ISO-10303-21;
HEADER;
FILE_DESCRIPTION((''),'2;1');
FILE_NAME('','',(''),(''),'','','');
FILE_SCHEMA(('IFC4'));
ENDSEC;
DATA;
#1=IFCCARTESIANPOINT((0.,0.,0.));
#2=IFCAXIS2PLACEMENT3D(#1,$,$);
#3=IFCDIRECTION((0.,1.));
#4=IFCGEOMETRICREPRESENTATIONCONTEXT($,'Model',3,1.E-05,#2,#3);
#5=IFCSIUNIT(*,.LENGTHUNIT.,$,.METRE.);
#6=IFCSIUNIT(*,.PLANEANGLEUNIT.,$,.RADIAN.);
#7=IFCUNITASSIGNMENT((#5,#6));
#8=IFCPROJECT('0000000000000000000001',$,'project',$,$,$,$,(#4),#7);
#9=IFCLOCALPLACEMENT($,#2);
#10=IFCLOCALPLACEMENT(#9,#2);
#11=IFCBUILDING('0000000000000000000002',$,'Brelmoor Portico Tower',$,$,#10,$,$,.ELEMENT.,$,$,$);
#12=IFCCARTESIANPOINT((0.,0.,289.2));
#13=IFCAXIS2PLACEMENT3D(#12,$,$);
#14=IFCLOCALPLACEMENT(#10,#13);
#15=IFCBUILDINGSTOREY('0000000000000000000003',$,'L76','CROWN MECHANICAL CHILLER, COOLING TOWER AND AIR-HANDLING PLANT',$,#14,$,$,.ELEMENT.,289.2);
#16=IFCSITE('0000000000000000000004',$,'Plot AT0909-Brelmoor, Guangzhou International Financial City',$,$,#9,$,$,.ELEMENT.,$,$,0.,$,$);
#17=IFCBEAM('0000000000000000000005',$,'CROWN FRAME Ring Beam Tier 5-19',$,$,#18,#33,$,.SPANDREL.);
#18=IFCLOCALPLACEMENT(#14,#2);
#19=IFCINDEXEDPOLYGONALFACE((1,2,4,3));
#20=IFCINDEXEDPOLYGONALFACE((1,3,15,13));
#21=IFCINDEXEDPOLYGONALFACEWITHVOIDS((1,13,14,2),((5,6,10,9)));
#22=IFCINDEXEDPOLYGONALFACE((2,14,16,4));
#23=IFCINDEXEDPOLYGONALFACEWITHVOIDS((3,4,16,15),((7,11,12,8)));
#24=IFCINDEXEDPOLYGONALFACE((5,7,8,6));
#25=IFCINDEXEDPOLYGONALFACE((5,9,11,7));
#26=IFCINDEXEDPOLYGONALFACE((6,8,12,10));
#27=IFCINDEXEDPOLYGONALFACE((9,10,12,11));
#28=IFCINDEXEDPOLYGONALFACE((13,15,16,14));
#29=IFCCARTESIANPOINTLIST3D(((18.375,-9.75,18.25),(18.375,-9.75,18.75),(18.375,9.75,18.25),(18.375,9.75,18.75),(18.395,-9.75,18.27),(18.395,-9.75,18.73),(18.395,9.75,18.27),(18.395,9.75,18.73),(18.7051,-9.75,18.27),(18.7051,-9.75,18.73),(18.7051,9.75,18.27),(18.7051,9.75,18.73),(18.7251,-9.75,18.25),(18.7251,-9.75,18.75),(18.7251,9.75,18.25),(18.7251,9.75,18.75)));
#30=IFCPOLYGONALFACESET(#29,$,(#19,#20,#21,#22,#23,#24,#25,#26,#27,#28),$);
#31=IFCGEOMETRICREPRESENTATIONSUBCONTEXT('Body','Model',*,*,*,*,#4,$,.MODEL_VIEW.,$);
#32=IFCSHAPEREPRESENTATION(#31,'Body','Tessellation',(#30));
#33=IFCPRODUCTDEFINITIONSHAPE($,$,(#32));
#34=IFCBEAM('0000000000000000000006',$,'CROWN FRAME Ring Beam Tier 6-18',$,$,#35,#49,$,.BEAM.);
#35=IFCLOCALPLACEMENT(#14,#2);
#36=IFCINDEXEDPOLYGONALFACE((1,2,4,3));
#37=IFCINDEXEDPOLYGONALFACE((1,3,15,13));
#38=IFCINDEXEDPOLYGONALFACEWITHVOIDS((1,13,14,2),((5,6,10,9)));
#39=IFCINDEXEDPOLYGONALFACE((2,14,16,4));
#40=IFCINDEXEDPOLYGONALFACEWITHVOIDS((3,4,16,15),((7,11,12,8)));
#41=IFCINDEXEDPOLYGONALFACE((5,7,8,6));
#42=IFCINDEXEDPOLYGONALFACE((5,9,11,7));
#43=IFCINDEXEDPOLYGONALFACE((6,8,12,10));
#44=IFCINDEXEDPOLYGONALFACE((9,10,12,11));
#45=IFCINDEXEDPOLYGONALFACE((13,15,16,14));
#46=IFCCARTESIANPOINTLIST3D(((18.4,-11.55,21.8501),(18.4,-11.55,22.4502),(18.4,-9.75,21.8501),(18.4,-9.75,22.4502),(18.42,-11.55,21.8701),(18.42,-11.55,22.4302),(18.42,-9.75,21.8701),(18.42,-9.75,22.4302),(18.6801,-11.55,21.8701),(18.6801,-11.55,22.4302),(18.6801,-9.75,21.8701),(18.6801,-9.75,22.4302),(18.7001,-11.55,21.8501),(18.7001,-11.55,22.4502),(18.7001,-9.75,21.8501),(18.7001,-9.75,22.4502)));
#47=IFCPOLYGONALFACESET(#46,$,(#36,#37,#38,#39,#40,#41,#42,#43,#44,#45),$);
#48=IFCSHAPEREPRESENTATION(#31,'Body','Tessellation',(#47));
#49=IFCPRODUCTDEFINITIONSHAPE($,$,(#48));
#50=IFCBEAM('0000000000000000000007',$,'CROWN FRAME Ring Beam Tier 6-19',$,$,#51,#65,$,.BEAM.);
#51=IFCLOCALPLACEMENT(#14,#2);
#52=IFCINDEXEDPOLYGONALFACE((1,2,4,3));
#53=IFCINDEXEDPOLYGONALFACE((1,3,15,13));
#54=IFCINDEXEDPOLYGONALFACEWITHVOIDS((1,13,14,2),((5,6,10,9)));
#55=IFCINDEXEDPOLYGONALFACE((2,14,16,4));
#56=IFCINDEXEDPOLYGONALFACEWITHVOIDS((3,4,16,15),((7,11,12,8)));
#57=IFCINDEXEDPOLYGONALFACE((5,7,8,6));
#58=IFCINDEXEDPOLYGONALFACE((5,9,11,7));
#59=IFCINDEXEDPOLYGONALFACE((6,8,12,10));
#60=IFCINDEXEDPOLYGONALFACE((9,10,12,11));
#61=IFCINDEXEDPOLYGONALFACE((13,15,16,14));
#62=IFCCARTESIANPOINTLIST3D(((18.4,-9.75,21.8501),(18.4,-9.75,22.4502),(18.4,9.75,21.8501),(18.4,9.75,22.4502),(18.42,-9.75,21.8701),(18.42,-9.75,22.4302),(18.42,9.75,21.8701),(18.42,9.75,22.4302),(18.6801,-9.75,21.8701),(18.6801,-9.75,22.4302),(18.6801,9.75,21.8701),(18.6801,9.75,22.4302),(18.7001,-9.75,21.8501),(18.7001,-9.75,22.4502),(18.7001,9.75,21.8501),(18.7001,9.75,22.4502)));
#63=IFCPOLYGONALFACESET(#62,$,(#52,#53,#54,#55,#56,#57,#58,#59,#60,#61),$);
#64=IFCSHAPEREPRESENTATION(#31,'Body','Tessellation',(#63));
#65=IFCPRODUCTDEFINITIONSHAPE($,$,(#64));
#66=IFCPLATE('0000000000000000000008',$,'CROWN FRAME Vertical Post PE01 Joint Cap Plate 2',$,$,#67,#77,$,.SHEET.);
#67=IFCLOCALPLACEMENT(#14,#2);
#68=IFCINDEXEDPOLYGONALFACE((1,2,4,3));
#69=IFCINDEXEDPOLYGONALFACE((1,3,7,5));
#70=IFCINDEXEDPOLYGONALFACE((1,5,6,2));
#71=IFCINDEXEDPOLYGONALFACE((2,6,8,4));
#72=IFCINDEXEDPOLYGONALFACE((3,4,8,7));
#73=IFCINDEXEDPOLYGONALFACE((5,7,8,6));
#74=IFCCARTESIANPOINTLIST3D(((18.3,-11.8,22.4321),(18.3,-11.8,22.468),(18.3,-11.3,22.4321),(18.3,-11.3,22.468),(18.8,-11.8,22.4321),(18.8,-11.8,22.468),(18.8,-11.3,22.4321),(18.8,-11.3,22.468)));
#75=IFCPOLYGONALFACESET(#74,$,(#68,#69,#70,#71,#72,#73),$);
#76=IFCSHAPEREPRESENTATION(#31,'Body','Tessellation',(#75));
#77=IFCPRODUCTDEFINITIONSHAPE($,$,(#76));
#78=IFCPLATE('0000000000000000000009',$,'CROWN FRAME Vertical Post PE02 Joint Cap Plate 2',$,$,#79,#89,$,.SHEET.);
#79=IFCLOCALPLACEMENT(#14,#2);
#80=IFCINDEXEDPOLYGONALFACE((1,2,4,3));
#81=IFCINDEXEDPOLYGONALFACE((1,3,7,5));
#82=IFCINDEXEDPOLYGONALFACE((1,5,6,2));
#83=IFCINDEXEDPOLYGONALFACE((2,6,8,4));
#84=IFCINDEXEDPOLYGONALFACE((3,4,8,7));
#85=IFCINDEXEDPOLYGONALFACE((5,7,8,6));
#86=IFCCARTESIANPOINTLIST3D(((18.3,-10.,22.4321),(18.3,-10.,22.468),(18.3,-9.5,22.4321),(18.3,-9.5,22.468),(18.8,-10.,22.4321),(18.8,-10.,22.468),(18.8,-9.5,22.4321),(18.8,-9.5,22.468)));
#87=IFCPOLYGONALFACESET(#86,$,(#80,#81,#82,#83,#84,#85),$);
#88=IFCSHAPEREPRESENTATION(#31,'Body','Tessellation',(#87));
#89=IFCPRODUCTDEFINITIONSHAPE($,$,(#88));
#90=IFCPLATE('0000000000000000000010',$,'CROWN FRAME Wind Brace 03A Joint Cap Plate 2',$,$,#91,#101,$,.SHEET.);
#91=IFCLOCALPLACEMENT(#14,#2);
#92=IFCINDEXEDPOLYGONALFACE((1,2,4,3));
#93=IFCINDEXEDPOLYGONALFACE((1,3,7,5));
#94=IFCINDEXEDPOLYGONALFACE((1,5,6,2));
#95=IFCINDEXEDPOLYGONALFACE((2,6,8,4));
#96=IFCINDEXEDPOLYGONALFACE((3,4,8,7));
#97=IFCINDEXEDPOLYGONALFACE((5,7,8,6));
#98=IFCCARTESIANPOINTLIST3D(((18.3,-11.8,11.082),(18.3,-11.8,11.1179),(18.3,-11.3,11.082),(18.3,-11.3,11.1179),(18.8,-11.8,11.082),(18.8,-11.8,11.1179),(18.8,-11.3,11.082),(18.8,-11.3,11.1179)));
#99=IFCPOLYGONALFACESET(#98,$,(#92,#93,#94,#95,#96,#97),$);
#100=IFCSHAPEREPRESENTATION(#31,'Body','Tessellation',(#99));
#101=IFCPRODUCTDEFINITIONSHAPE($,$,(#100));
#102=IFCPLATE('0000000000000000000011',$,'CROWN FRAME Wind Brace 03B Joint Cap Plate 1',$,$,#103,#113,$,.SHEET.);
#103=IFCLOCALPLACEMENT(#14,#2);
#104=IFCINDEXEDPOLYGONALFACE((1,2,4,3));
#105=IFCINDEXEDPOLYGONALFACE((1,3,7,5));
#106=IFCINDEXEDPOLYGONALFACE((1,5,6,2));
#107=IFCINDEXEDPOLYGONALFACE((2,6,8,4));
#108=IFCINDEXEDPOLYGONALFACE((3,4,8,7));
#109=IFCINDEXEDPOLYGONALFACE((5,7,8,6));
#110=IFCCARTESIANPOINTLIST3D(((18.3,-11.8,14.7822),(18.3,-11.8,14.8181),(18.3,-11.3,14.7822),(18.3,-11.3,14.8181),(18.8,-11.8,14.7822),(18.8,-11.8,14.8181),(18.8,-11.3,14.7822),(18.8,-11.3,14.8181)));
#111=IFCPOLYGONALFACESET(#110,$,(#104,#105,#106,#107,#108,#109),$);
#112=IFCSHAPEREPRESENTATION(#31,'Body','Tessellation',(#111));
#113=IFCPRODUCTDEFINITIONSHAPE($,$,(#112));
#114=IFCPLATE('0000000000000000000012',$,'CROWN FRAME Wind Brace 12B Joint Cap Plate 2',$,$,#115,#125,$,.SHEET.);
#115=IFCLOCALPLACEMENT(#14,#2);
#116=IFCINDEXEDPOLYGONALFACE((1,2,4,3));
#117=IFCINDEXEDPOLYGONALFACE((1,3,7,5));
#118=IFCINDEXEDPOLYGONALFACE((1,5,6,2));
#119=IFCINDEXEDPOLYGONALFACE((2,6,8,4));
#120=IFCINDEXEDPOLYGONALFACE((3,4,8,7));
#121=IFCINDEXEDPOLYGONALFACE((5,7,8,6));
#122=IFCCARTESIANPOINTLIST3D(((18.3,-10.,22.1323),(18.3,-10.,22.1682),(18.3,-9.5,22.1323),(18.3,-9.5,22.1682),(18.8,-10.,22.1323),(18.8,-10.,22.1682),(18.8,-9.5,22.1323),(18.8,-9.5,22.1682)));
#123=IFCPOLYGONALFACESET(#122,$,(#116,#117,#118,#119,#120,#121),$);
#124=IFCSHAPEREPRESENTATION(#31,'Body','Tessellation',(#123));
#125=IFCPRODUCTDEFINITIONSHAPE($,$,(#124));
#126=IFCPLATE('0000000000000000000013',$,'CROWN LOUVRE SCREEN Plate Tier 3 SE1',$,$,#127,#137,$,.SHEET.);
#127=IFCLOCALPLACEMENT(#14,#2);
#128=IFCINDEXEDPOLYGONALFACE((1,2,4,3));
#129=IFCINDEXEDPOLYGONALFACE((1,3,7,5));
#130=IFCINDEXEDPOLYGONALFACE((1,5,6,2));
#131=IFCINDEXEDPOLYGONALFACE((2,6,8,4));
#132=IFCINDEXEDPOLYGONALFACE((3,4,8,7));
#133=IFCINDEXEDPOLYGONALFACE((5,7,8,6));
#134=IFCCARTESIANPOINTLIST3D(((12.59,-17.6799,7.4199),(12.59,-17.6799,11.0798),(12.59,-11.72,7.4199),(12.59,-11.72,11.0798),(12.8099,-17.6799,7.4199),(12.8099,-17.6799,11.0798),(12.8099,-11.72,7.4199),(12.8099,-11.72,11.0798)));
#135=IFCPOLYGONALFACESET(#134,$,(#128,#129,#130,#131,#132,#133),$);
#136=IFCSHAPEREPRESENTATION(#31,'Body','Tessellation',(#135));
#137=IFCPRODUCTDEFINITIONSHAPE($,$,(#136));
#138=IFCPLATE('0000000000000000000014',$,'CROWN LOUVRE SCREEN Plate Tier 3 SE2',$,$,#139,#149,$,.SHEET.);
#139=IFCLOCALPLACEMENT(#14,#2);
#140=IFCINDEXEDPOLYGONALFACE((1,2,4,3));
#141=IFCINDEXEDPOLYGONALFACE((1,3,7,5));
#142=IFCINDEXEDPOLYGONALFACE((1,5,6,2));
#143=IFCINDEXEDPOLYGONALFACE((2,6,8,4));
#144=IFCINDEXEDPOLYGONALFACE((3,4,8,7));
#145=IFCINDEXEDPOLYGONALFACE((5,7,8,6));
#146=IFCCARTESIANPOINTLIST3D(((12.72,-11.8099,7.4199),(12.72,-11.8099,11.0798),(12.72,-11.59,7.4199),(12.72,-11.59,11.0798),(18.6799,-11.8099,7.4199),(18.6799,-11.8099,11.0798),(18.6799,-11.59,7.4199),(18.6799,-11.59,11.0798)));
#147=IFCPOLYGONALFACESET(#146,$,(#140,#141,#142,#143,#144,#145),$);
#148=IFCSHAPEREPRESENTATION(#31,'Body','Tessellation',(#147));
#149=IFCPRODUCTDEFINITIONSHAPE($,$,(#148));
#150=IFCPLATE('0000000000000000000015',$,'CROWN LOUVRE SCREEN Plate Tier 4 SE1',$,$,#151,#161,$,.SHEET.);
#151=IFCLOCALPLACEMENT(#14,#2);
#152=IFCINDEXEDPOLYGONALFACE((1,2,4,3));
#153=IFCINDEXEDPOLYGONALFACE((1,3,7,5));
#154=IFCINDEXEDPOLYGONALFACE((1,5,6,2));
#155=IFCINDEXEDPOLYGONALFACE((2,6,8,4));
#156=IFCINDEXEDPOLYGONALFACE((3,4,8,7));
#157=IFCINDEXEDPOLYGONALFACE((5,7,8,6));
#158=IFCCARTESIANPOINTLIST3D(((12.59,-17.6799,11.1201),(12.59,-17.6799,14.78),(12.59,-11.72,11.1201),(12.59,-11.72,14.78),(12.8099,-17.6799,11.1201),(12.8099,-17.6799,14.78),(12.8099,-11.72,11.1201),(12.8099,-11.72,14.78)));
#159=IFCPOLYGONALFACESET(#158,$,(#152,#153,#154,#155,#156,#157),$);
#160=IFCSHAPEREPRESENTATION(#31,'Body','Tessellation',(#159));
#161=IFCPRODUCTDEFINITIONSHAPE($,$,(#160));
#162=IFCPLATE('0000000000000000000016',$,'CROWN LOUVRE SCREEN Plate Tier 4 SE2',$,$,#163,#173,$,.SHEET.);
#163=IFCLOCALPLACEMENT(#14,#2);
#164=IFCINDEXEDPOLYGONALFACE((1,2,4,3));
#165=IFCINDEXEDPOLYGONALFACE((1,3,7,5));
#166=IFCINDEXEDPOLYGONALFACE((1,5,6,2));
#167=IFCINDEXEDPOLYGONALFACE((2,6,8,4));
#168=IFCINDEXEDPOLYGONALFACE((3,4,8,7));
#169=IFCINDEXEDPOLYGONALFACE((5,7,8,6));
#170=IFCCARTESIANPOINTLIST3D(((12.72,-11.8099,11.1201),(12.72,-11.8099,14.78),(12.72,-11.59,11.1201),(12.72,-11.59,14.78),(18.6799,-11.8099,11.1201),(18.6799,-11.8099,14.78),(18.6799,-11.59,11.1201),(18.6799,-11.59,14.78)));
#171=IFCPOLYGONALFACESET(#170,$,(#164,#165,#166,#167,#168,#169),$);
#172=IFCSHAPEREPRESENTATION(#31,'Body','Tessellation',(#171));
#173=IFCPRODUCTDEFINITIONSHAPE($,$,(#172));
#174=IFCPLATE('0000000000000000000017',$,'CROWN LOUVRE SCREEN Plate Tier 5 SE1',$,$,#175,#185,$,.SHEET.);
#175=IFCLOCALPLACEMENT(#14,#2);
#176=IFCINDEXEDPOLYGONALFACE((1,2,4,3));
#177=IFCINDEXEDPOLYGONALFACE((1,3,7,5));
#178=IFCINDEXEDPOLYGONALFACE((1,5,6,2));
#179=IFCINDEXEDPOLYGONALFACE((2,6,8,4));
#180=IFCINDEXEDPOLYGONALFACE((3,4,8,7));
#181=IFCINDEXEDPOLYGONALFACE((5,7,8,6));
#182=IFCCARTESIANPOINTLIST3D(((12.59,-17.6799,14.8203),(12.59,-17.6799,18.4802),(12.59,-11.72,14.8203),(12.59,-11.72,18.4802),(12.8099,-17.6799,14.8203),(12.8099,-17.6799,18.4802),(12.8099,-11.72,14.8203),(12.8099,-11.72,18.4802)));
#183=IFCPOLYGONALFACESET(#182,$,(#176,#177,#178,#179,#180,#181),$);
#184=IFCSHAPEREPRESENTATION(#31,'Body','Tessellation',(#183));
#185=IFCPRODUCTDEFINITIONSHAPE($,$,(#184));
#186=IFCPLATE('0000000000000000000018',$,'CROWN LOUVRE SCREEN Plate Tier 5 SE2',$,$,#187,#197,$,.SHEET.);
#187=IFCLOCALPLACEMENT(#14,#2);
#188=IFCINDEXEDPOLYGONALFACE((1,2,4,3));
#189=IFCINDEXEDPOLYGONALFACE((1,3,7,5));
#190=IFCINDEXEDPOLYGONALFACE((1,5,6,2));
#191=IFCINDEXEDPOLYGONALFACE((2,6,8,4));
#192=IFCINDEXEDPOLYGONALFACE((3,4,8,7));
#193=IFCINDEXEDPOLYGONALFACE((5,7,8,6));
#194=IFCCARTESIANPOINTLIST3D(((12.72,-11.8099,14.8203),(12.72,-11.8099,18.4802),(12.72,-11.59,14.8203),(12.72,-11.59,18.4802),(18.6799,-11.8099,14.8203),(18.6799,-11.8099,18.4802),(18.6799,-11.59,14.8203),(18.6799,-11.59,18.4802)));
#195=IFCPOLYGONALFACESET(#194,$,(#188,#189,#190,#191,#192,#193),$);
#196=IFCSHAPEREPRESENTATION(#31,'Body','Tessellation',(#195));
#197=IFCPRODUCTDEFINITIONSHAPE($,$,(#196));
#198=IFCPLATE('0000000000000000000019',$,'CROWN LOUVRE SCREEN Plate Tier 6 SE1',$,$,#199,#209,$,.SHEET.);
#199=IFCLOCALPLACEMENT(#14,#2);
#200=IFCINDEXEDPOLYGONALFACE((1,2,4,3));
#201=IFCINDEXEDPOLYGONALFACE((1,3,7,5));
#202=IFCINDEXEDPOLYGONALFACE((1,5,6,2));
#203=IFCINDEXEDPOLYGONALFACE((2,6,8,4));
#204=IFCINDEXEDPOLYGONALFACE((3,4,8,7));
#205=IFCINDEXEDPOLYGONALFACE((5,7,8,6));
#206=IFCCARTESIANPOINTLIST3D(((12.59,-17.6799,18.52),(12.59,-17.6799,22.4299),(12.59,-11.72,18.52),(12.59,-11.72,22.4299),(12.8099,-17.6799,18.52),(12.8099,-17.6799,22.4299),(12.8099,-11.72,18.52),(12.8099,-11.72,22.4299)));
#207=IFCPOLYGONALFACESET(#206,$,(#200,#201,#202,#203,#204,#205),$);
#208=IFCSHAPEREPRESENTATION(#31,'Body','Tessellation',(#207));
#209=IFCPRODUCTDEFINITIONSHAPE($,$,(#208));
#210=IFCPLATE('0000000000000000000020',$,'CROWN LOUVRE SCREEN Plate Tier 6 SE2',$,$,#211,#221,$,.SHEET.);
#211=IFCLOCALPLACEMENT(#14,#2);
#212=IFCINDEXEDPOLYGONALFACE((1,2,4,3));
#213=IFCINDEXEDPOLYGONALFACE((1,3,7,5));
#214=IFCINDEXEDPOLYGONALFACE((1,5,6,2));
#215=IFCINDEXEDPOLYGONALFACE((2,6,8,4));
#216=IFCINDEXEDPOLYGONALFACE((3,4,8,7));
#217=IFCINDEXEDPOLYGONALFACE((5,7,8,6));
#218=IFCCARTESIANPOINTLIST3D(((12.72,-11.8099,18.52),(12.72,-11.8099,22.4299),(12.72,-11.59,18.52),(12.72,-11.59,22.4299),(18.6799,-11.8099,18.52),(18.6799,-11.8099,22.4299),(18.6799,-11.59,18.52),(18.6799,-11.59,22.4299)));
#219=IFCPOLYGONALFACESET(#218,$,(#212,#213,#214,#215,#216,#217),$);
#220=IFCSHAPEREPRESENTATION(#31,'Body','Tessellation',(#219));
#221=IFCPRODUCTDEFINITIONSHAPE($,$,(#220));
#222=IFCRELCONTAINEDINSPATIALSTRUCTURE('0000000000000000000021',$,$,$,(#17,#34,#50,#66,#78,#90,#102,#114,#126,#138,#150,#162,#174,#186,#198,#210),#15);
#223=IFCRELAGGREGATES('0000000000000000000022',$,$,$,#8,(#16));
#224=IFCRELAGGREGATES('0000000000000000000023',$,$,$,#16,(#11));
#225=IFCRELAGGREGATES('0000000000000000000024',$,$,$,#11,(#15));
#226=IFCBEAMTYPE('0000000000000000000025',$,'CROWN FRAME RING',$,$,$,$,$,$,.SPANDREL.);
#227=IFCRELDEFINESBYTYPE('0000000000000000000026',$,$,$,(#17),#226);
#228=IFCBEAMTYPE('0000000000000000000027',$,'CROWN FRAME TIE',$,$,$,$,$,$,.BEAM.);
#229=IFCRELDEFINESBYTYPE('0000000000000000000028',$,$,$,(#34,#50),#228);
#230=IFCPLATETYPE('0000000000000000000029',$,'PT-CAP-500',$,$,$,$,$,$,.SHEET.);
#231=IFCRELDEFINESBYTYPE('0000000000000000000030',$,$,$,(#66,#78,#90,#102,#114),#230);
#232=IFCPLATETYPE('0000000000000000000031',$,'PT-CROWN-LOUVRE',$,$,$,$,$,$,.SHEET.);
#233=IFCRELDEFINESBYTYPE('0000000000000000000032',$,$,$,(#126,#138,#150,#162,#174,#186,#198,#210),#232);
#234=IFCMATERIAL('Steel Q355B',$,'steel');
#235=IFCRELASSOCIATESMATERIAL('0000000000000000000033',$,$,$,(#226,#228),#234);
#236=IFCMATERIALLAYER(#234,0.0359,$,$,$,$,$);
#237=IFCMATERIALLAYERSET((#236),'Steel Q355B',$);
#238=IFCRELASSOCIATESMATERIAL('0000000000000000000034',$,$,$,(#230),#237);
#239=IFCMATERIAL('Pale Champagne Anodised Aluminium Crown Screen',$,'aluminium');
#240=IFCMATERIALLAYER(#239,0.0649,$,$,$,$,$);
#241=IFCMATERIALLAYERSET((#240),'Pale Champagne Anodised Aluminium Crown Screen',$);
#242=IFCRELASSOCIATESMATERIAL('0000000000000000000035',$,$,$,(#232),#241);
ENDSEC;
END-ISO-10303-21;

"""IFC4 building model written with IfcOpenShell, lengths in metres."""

from ifc_helpers import new_model, si_unit, direction, frame, origin, origin_2d, place, context, subcontext, project, spatial, rectangle, hollow_rectangle, extrude, material, layer, layer_set, material_profile, profile_set, type_object, element, save


model = new_model("IFC4")

# Units and contexts
model_context = context("Model", 3, precision=1e-05, world=origin(), true_north=direction((0.0, 1.0)))
body_context = subcontext(model_context, "Body", "Model", "MODEL_VIEW")
ifc_project = project(units=[si_unit("LENGTHUNIT", "METRE"), si_unit("PLANEANGLEUNIT", "RADIAN")], contexts=[model_context])

# Site, building, storey
site_placement = place(None, origin())
site = spatial("IfcSite", under=ifc_project, at=site_placement, Name="Plot AT0909-Brelmoor, Guangzhou International Financial City", CompositionType="ELEMENT", RefElevation=0.0)
building_placement = place(site_placement, origin())
building = spatial("IfcBuilding", under=site, at=building_placement, Name="Brelmoor Portico Tower", CompositionType="ELEMENT")
storey_placement = place(building_placement, frame((0.0, 0.0, 289.2)))
storey = spatial("IfcBuildingStorey", under=building, at=storey_placement, Name="L76", Description="CROWN MECHANICAL CHILLER, COOLING TOWER AND AIR-HANDLING PLANT", CompositionType="ELEMENT", Elevation=289.2)

# Shared definitions
ifc_material_1 = material(Name="Steel Q355B", Category="steel")

# Beams
ifc_material_profile_1 = material_profile(ifc_material_1, hollow_rectangle(XDim=0.3501, YDim=0.5, WallThickness=0.02, at=origin_2d()), Name="RHS 350x500x20")
ifc_profile_set_1 = profile_set([ifc_material_profile_1], Name="Steel Q355B")
beam_type_1 = type_object("IfcBeamType", Name="CROWN FRAME RING", PredefinedType="SPANDREL", material=ifc_profile_set_1)
beam_1_placement = place(storey_placement, frame((18.55, -9.75, 18.5), z_axis=(0.0, 1.0, 0.0), x_axis=(-1.0, 0.0, 0.0)))
element("IfcBeam", 1, at=beam_1_placement, inside=storey, type_object=beam_type_1, Name="CROWN FRAME Ring Beam Tier 5-19", PredefinedType="SPANDREL", context=body_context, shape_type="SweptSolid", body=[
    extrude(hollow_rectangle(XDim=0.3501, YDim=0.5, WallThickness=0.02, at=origin_2d()), origin(), (0.0, 0.0, 1.0), 19.5),
])
ifc_material_profile_2 = material_profile(ifc_material_1, hollow_rectangle(XDim=0.3, YDim=0.6001, WallThickness=0.02, at=origin_2d()), Name="RHS 300x600x20")
ifc_profile_set_2 = profile_set([ifc_material_profile_2], Name="Steel Q355B")
beam_type_2 = type_object("IfcBeamType", Name="CROWN FRAME TIE", PredefinedType="BEAM", material=ifc_profile_set_2)
beam_2_placement = place(storey_placement, frame((18.55, -11.55, 22.1501), z_axis=(0.0, 1.0, 0.0), x_axis=(-1.0, 0.0, 0.0)))
element("IfcBeam", 2, at=beam_2_placement, inside=storey, type_object=beam_type_2, Name="CROWN FRAME Ring Beam Tier 6-18", PredefinedType="BEAM", context=body_context, shape_type="SweptSolid", body=[
    extrude(hollow_rectangle(XDim=0.3, YDim=0.6001, WallThickness=0.02, at=origin_2d()), origin(), (0.0, 0.0, 1.0), 1.8),
])
beam_3_placement = place(storey_placement, frame((18.55, -9.75, 22.1501), z_axis=(0.0, 1.0, 0.0), x_axis=(-1.0, 0.0, 0.0)))
element("IfcBeam", 3, at=beam_3_placement, inside=storey, type_object=beam_type_2, Name="CROWN FRAME Ring Beam Tier 6-19", PredefinedType="BEAM", context=body_context, shape_type="SweptSolid", body=[
    extrude(hollow_rectangle(XDim=0.3, YDim=0.6001, WallThickness=0.02, at=origin_2d()), origin(), (0.0, 0.0, 1.0), 19.5),
])

# Plates
ifc_layer_1 = layer(ifc_material_1, 0.0359)
ifc_layer_set_1 = layer_set([ifc_layer_1], Name="Steel Q355B")
plate_type_1 = type_object("IfcPlateType", Name="PT-CAP-500", PredefinedType="SHEET", material=ifc_layer_set_1)
for number, where, z_axis, x_axis, name in (
    (4, (18.55, -11.55, 22.4321), (0.0, 0.0, 1.0), (1.0, 0.0, 0.0), "CROWN FRAME Vertical Post PE01 Joint Cap Plate 2"),
    (5, (18.55, -9.75, 22.4321), (0.0, 0.0, 1.0), (1.0, 0.0, 0.0), "CROWN FRAME Vertical Post PE02 Joint Cap Plate 2"),
    (6, (18.55, -11.55, 11.082), (0.0, 0.0, 1.0), (1.0, 0.0, 0.0), "CROWN FRAME Wind Brace 03A Joint Cap Plate 2"),
    (7, (18.55, -11.55, 14.7822), (0.0, 0.0, 1.0), (1.0, 0.0, 0.0), "CROWN FRAME Wind Brace 03B Joint Cap Plate 1"),
    (8, (18.55, -9.75, 22.1323), (0.0, 0.0, 1.0), (1.0, 0.0, 0.0), "CROWN FRAME Wind Brace 12B Joint Cap Plate 2"),
):
    element("IfcPlate", number, at=place(storey_placement, frame(where, z_axis=z_axis, x_axis=x_axis)), inside=storey, type_object=plate_type_1, Name=name, PredefinedType="SHEET", context=body_context, shape_type="SweptSolid", body=[
        extrude(rectangle(XDim=0.5, YDim=0.5, at=origin_2d()), origin(), (0.0, 0.0, 1.0), 0.0359),
    ])
ifc_material_2 = material(Name="Pale Champagne Anodised Aluminium Crown Screen", Category="aluminium")
ifc_layer_2 = layer(ifc_material_2, 0.0649)
ifc_layer_set_2 = layer_set([ifc_layer_2], Name="Pale Champagne Anodised Aluminium Crown Screen")
plate_type_2 = type_object("IfcPlateType", Name="PT-CROWN-LOUVRE", PredefinedType="SHEET", material=ifc_layer_set_2)
for number, where, z_axis, x_axis, name in (
    (9, (12.7, -14.7, 7.4199), (0.0, 0.0, 1.0), (0.0, 1.0, 0.0), "CROWN LOUVRE SCREEN Plate Tier 3 SE1"),
    (10, (15.7, -11.7, 7.4199), (0.0, 0.0, 1.0), (1.0, 0.0, 0.0), "CROWN LOUVRE SCREEN Plate Tier 3 SE2"),
    (11, (12.7, -14.7, 11.1201), (0.0, 0.0, 1.0), (0.0, 1.0, 0.0), "CROWN LOUVRE SCREEN Plate Tier 4 SE1"),
    (12, (15.7, -11.7, 11.1201), (0.0, 0.0, 1.0), (1.0, 0.0, 0.0), "CROWN LOUVRE SCREEN Plate Tier 4 SE2"),
    (13, (12.7, -14.7, 14.8203), (0.0, 0.0, 1.0), (0.0, 1.0, 0.0), "CROWN LOUVRE SCREEN Plate Tier 5 SE1"),
    (14, (15.7, -11.7, 14.8203), (0.0, 0.0, 1.0), (1.0, 0.0, 0.0), "CROWN LOUVRE SCREEN Plate Tier 5 SE2"),
):
    element("IfcPlate", number, at=place(storey_placement, frame(where, z_axis=z_axis, x_axis=x_axis)), inside=storey, type_object=plate_type_2, Name=name, PredefinedType="SHEET", context=body_context, shape_type="SweptSolid", body=[
        extrude(rectangle(XDim=5.96, YDim=0.22, at=origin_2d()), origin(), (0.0, 0.0, 1.0), 3.6599),
    ])
for number, where, z_axis, x_axis, name in (
    (15, (12.7, -14.7, 18.52), (0.0, 0.0, 1.0), (0.0, 1.0, 0.0), "CROWN LOUVRE SCREEN Plate Tier 6 SE1"),
    (16, (15.7, -11.7, 18.52), (0.0, 0.0, 1.0), (1.0, 0.0, 0.0), "CROWN LOUVRE SCREEN Plate Tier 6 SE2"),
):
    element("IfcPlate", number, at=place(storey_placement, frame(where, z_axis=z_axis, x_axis=x_axis)), inside=storey, type_object=plate_type_2, Name=name, PredefinedType="SHEET", context=body_context, shape_type="SweptSolid", body=[
        extrude(rectangle(XDim=5.96, YDim=0.22, at=origin_2d()), origin(), (0.0, 0.0, 1.0), 3.9099),
    ])

save(model, "model.ifc")
